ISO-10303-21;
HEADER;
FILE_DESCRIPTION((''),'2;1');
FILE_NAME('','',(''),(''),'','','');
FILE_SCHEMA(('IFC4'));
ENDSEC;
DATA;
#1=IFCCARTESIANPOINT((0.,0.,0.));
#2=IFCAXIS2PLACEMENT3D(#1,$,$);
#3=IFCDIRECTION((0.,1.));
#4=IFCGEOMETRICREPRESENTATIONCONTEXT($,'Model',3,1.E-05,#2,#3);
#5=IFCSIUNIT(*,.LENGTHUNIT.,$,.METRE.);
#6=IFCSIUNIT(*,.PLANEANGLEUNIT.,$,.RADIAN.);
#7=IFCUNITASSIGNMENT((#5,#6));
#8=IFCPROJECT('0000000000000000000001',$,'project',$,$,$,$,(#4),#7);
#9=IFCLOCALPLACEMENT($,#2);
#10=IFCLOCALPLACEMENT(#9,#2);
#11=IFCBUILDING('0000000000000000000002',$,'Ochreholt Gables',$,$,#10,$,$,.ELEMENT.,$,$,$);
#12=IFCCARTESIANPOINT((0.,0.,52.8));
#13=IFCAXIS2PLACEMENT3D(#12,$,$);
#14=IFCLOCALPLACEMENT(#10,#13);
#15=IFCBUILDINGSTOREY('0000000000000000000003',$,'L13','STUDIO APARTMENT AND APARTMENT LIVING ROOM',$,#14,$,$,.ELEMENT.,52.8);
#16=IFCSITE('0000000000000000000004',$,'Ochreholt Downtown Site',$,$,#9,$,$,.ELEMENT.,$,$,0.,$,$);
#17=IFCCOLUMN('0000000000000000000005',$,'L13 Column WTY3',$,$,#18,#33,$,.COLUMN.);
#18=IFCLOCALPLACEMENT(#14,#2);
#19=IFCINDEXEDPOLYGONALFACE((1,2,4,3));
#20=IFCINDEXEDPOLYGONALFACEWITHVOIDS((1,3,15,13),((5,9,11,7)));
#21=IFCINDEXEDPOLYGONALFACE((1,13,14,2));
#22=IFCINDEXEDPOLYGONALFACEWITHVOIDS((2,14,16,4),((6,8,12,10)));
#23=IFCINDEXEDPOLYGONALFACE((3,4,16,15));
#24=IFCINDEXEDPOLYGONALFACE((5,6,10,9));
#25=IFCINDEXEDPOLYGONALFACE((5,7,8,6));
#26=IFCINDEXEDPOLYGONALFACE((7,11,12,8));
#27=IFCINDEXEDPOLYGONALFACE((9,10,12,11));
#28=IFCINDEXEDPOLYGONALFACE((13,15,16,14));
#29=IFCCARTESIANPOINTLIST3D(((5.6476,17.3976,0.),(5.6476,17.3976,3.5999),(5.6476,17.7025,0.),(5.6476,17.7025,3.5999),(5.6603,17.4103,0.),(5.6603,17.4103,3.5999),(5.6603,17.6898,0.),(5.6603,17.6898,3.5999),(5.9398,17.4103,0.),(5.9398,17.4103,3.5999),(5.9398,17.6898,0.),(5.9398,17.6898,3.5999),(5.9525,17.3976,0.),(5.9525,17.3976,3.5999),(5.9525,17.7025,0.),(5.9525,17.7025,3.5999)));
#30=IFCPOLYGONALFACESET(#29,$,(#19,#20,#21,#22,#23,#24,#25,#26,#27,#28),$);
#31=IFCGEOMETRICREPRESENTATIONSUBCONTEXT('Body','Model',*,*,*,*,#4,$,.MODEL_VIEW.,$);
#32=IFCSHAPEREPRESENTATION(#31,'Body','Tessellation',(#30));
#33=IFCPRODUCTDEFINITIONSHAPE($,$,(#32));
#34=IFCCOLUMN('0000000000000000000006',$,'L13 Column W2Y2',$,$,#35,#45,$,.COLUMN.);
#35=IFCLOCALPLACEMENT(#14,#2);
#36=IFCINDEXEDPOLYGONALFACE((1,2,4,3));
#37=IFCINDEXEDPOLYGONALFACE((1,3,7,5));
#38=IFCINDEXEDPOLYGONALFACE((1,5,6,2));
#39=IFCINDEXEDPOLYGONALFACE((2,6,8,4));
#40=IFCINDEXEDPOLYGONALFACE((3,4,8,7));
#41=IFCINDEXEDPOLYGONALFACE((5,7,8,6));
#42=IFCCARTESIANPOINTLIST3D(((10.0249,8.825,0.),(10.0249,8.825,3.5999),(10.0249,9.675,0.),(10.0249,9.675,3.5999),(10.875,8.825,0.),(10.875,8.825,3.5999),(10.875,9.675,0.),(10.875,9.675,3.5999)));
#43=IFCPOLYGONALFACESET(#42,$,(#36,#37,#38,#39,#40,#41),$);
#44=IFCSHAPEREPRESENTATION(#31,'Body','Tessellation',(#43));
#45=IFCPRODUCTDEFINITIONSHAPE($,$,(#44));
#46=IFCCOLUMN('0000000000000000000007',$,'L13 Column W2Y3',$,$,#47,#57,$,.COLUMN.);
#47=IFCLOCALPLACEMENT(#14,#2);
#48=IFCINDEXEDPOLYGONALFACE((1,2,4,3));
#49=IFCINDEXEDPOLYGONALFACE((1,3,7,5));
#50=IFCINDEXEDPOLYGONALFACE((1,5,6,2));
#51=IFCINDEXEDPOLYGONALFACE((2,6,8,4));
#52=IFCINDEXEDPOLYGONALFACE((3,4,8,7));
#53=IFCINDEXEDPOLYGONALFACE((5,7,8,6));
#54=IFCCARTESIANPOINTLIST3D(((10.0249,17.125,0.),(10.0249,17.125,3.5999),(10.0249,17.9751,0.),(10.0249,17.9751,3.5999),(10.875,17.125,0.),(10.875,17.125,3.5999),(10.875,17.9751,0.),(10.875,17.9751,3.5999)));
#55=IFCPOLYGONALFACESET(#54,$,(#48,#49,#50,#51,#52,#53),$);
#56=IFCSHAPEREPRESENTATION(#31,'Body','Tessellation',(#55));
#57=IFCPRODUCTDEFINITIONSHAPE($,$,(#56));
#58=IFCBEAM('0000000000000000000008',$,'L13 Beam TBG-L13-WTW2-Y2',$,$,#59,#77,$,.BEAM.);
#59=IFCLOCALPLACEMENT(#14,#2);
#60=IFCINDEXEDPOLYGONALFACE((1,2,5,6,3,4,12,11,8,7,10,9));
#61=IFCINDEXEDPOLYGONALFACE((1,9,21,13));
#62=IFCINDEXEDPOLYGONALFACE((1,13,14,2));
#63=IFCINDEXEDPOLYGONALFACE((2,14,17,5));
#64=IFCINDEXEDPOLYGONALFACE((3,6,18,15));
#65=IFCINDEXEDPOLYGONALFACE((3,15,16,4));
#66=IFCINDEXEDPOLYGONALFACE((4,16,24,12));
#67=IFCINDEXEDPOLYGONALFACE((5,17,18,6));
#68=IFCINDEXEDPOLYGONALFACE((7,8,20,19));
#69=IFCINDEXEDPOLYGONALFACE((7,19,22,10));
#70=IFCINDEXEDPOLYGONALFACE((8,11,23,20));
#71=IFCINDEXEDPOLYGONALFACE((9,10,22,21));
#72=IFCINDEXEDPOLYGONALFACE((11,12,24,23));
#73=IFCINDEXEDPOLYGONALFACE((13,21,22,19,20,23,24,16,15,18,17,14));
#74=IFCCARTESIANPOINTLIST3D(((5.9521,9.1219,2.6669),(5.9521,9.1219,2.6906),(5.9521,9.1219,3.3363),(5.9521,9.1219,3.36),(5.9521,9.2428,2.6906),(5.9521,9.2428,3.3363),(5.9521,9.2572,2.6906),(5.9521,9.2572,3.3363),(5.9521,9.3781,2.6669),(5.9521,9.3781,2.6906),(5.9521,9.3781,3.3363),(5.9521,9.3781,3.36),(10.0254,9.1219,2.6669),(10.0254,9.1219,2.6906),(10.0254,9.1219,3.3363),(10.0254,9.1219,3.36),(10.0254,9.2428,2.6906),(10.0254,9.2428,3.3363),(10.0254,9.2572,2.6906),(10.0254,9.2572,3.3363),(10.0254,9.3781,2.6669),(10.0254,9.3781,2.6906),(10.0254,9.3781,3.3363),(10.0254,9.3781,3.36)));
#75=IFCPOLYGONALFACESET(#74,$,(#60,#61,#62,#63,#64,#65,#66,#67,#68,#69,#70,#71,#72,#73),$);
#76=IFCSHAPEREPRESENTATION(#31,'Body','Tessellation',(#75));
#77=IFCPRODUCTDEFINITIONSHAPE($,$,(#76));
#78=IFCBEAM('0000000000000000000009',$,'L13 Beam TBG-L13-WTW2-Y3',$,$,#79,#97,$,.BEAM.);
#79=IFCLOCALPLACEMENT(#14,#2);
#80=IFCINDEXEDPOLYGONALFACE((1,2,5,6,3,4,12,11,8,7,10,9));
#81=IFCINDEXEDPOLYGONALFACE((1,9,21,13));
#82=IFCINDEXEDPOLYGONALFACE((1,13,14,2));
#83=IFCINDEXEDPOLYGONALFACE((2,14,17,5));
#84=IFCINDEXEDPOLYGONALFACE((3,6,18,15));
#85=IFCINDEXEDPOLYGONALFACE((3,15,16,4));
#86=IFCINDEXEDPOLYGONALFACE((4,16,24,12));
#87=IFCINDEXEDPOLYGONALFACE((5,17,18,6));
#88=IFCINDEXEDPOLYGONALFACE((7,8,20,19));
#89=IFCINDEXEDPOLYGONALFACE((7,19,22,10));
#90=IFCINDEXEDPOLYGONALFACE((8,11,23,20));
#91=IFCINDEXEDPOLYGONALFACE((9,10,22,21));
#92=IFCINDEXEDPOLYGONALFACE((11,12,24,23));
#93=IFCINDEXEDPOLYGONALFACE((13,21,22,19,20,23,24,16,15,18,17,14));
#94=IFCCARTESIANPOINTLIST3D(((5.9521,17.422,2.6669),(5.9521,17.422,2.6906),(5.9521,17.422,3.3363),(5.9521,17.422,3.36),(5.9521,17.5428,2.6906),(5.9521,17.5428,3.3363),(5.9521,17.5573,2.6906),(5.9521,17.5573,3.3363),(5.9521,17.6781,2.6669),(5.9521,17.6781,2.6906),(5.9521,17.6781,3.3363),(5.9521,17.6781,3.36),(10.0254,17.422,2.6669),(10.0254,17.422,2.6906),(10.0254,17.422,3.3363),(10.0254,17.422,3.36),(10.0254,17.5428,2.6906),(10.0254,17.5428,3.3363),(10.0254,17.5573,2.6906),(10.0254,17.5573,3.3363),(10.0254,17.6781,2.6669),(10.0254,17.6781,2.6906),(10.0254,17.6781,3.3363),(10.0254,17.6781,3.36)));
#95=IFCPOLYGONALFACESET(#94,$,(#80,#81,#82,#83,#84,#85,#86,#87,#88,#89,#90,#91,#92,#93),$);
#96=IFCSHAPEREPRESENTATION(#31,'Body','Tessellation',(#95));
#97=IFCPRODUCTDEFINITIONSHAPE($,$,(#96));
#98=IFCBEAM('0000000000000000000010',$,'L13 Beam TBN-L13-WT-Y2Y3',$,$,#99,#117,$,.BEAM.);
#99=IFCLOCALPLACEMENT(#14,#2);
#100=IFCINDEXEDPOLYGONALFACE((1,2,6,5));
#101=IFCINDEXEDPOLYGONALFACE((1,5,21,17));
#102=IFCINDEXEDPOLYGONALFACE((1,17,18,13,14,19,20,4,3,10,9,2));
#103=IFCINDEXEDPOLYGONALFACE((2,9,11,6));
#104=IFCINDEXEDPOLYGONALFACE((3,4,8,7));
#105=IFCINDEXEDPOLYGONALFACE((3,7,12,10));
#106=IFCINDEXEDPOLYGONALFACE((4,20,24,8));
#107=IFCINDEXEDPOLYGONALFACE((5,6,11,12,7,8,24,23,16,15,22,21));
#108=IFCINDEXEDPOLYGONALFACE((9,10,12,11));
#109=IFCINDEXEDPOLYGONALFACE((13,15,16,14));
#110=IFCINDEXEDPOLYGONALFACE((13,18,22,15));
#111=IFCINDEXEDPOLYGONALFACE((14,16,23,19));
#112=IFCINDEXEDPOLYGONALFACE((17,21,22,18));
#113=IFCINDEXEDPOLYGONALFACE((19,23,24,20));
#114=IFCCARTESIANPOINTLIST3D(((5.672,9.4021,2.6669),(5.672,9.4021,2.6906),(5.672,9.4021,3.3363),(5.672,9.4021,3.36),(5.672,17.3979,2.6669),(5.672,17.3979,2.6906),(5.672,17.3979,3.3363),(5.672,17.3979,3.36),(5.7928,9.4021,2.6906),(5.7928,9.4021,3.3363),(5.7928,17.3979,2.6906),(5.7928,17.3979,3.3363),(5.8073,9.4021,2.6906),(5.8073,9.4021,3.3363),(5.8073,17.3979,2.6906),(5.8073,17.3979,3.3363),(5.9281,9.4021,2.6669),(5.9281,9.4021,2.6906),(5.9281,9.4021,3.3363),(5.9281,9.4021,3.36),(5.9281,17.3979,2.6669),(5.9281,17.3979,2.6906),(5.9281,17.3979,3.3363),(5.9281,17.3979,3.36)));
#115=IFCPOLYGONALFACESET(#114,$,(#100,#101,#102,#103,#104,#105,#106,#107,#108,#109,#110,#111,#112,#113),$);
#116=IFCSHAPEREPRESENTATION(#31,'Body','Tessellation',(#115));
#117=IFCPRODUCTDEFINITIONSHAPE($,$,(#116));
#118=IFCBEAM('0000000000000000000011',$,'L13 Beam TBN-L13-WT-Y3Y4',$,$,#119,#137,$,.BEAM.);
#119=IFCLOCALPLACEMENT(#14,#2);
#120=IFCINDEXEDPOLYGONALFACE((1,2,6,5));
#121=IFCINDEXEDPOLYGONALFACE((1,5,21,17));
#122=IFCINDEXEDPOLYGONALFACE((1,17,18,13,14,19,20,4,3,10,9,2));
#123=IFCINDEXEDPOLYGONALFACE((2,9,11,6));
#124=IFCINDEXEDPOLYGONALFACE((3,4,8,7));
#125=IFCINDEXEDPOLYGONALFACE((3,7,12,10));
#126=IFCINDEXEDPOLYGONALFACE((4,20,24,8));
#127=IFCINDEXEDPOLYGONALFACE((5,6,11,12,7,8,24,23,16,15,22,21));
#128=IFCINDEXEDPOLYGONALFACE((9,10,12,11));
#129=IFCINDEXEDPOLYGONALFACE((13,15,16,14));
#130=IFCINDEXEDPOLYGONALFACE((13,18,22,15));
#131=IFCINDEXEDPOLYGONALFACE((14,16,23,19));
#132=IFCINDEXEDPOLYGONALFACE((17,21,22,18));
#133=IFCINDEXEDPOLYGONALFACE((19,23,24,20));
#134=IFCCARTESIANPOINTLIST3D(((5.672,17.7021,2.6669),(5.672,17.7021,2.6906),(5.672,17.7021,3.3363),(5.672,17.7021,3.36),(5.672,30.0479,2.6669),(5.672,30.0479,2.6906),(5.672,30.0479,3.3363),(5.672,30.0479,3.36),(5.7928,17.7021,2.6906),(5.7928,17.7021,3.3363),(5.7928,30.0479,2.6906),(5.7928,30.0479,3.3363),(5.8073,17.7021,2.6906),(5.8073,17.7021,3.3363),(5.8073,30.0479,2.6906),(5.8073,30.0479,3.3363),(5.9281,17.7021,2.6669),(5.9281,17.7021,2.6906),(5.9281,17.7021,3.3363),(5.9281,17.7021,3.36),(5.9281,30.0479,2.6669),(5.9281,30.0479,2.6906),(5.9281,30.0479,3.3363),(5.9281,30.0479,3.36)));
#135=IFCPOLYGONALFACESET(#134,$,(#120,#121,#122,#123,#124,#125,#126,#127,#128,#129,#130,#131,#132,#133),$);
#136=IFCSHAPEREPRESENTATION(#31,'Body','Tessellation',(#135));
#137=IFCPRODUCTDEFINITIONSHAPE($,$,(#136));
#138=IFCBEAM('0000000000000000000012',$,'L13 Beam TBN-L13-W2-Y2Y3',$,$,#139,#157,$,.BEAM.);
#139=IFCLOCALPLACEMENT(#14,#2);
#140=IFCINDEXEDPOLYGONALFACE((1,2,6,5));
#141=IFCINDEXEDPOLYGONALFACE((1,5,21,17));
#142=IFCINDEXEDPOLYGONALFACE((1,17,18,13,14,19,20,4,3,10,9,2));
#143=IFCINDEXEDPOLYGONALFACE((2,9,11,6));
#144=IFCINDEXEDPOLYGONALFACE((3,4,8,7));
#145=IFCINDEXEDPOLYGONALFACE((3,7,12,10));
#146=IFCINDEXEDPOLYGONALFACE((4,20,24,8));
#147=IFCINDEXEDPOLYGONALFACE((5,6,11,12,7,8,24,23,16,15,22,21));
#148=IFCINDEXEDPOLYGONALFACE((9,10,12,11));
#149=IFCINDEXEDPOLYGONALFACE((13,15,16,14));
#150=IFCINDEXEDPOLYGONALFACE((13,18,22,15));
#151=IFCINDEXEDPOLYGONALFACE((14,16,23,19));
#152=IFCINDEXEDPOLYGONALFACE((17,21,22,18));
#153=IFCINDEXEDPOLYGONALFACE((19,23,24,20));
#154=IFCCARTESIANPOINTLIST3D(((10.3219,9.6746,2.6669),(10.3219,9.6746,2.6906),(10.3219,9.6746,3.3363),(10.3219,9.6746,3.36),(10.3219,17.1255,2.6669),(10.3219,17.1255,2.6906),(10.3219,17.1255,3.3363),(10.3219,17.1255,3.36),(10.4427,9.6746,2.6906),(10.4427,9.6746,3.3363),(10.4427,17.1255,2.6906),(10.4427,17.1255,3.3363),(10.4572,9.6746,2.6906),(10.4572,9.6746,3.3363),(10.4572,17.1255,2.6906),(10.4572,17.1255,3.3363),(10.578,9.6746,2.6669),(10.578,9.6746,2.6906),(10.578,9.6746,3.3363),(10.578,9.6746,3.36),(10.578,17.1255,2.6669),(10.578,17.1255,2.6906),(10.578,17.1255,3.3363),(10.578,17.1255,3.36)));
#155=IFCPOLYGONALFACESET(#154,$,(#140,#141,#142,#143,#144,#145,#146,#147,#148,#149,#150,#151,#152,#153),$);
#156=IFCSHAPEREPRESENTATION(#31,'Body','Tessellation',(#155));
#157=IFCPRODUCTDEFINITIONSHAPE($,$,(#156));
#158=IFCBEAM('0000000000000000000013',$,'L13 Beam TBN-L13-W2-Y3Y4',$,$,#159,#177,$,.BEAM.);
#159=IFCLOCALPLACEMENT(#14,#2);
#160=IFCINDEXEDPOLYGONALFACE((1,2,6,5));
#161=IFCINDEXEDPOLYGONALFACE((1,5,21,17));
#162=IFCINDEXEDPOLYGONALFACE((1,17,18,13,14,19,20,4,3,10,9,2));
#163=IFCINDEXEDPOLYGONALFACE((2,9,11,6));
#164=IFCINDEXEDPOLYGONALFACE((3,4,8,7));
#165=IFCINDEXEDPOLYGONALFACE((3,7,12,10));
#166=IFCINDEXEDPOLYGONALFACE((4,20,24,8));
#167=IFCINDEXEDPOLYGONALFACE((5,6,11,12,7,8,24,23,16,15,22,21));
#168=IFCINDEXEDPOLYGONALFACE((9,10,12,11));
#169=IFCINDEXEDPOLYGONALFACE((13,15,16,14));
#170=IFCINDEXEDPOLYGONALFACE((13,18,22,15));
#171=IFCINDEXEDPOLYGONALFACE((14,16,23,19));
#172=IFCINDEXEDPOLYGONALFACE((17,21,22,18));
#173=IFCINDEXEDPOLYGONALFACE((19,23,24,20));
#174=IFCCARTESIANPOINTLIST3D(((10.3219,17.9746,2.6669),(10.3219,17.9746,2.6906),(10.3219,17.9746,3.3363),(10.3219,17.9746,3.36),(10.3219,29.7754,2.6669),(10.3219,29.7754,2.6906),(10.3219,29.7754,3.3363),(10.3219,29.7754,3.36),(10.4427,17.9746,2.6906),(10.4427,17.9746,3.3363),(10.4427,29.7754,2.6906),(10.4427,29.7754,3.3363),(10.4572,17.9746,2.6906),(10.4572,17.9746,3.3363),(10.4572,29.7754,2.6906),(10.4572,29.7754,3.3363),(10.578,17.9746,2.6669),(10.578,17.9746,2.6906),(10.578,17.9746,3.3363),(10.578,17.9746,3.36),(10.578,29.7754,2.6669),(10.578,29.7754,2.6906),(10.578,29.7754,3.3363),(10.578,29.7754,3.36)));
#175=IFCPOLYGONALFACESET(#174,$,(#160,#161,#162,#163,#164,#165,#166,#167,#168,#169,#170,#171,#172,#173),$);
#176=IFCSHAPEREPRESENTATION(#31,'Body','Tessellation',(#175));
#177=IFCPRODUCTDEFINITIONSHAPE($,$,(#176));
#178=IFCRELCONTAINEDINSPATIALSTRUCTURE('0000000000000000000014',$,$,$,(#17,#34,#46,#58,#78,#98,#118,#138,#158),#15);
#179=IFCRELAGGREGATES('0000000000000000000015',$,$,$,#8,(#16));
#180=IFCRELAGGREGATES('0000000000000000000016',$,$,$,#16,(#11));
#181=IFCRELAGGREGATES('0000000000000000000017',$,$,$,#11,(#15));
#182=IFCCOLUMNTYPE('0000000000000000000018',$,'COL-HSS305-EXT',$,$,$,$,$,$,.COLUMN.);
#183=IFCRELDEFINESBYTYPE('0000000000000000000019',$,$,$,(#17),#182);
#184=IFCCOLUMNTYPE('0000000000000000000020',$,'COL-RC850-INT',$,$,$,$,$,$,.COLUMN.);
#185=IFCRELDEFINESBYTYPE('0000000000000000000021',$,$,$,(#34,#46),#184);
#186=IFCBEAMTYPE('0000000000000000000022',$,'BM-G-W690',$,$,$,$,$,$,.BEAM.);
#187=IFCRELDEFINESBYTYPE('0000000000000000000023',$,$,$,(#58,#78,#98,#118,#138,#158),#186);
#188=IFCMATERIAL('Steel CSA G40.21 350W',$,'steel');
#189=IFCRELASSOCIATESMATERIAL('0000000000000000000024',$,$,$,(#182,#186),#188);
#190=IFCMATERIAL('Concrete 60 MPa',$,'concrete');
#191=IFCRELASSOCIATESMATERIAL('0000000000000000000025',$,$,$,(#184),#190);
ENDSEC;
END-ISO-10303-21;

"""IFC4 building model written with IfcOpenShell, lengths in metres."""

from ifc_helpers import new_model, si_unit, direction, frame, origin, origin_2d, place, context, subcontext, project, spatial, rectangle, hollow_rectangle, i_section, extrude, material, material_profile, profile_set, type_object, element, save


model = new_model("IFC4")

# Units and contexts
model_context = context("Model", 3, precision=1e-05, world=origin(), true_north=direction((0.0, 1.0)))
body_context = subcontext(model_context, "Body", "Model", "MODEL_VIEW")
ifc_project = project(units=[si_unit("LENGTHUNIT", "METRE"), si_unit("PLANEANGLEUNIT", "RADIAN")], contexts=[model_context])

# Site, building, storey
site_placement = place(None, origin())
site = spatial("IfcSite", under=ifc_project, at=site_placement, Name="Ochreholt Downtown Site", CompositionType="ELEMENT", RefElevation=0.0)
building_placement = place(site_placement, origin())
building = spatial("IfcBuilding", under=site, at=building_placement, Name="Ochreholt Gables", CompositionType="ELEMENT")
storey_placement = place(building_placement, frame((0.0, 0.0, 52.8)))
storey = spatial("IfcBuildingStorey", under=building, at=storey_placement, Name="L13", Description="STUDIO APARTMENT AND APARTMENT LIVING ROOM", CompositionType="ELEMENT", Elevation=52.8)

# Columns
ifc_material_1 = material(Name="Steel CSA G40.21 350W", Category="steel")
ifc_material_profile_1 = material_profile(ifc_material_1, hollow_rectangle(XDim=0.3049, YDim=0.3049, WallThickness=0.0127, at=origin_2d()), Name="HSS305X305X13")
ifc_profile_set_1 = profile_set([ifc_material_profile_1], Name="Steel CSA G40.21 350W")
column_type_1 = type_object("IfcColumnType", Name="COL-HSS305-EXT", PredefinedType="COLUMN", material=ifc_profile_set_1)
column_placement = place(storey_placement, frame((5.8, 17.55, 0.0), z_axis=(0.0, 0.0, 1.0), x_axis=(1.0, 0.0, 0.0)))
element("IfcColumn", 1, at=column_placement, inside=storey, type_object=column_type_1, Name="L13 Column WTY3", PredefinedType="COLUMN", context=body_context, shape_type="SweptSolid", body=[
    extrude(hollow_rectangle(XDim=0.3049, YDim=0.3049, WallThickness=0.0127, at=origin_2d()), origin(), (0.0, 0.0, 1.0), 3.5999),
])
ifc_material_2 = material(Name="Concrete 60 MPa", Category="concrete")
ifc_material_profile_2 = material_profile(ifc_material_2, rectangle(XDim=0.8501, YDim=0.8501, at=origin_2d()), Name="RC850X850")
ifc_profile_set_2 = profile_set([ifc_material_profile_2], Name="Concrete 60 MPa")
column_type_2 = type_object("IfcColumnType", Name="COL-RC850-INT", PredefinedType="COLUMN", material=ifc_profile_set_2)
for number, where, z_axis, x_axis, name in (
    (2, (10.45, 9.25, 0.0), (0.0, 0.0, 1.0), (1.0, 0.0, 0.0), "L13 Column W2Y2"),
    (3, (10.45, 17.55, 0.0), (0.0, 0.0, 1.0), (1.0, 0.0, 0.0), "L13 Column W2Y3"),
):
    element("IfcColumn", number, at=place(storey_placement, frame(where, z_axis=z_axis, x_axis=x_axis)), inside=storey, type_object=column_type_2, Name=name, PredefinedType="COLUMN", context=body_context, shape_type="SweptSolid", body=[
        extrude(rectangle(XDim=0.8501, YDim=0.8501, at=origin_2d()), origin(), (0.0, 0.0, 1.0), 3.5999),
    ])

# Beams
ifc_material_profile_3 = material_profile(ifc_material_1, i_section(OverallWidth=0.2561, OverallDepth=0.6931, WebThickness=0.0144, FlangeThickness=0.0237, at=origin_2d()), Name="W690X170")
ifc_profile_set_3 = profile_set([ifc_material_profile_3], Name="Steel CSA G40.21 350W")
beam_type_1 = type_object("IfcBeamType", Name="BM-G-W690", PredefinedType="BEAM", material=ifc_profile_set_3)
for number, where, z_axis, x_axis, name in (
    (4, (5.9521, 9.25, 3.0134), (1.0, 0.0, 0.0), (0.0, 1.0, 0.0), "L13 Beam TBG-L13-WTW2-Y2"),
    (5, (5.9521, 17.55, 3.0134), (1.0, 0.0, 0.0), (0.0, 1.0, 0.0), "L13 Beam TBG-L13-WTW2-Y3"),
):
    element("IfcBeam", number, at=place(storey_placement, frame(where, z_axis=z_axis, x_axis=x_axis)), inside=storey, type_object=beam_type_1, Name=name, PredefinedType="BEAM", context=body_context, shape_type="SweptSolid", body=[
        extrude(i_section(OverallWidth=0.2561, OverallDepth=0.6931, WebThickness=0.0144, FlangeThickness=0.0237, at=origin_2d()), origin(), (0.0, 0.0, 1.0), 4.0732),
    ])
beam_1_placement = place(storey_placement, frame((5.8, 9.4021, 3.0134), z_axis=(0.0, 1.0, 0.0), x_axis=(-1.0, 0.0, 0.0)))
element("IfcBeam", 6, at=beam_1_placement, inside=storey, type_object=beam_type_1, Name="L13 Beam TBN-L13-WT-Y2Y3", PredefinedType="BEAM", context=body_context, shape_type="SweptSolid", body=[
    extrude(i_section(OverallWidth=0.2561, OverallDepth=0.6931, WebThickness=0.0144, FlangeThickness=0.0237, at=origin_2d()), origin(), (0.0, 0.0, 1.0), 7.9958),
])
beam_2_placement = place(storey_placement, frame((5.8, 17.7021, 3.0134), z_axis=(0.0, 1.0, 0.0), x_axis=(-1.0, 0.0, 0.0)))
element("IfcBeam", 7, at=beam_2_placement, inside=storey, type_object=beam_type_1, Name="L13 Beam TBN-L13-WT-Y3Y4", PredefinedType="BEAM", context=body_context, shape_type="SweptSolid", body=[
    extrude(i_section(OverallWidth=0.2561, OverallDepth=0.6931, WebThickness=0.0144, FlangeThickness=0.0237, at=origin_2d()), origin(), (0.0, 0.0, 1.0), 12.3457),
])
beam_3_placement = place(storey_placement, frame((10.45, 9.6746, 3.0134), z_axis=(0.0, 1.0, 0.0), x_axis=(-1.0, 0.0, 0.0)))
element("IfcBeam", 8, at=beam_3_placement, inside=storey, type_object=beam_type_1, Name="L13 Beam TBN-L13-W2-Y2Y3", PredefinedType="BEAM", context=body_context, shape_type="SweptSolid", body=[
    extrude(i_section(OverallWidth=0.2561, OverallDepth=0.6931, WebThickness=0.0144, FlangeThickness=0.0237, at=origin_2d()), origin(), (0.0, 0.0, 1.0), 7.4509),
])
beam_4_placement = place(storey_placement, frame((10.45, 17.9746, 3.0134), z_axis=(0.0, 1.0, 0.0), x_axis=(-1.0, 0.0, 0.0)))
element("IfcBeam", 9, at=beam_4_placement, inside=storey, type_object=beam_type_1, Name="L13 Beam TBN-L13-W2-Y3Y4", PredefinedType="BEAM", context=body_context, shape_type="SweptSolid", body=[
    extrude(i_section(OverallWidth=0.2561, OverallDepth=0.6931, WebThickness=0.0144, FlangeThickness=0.0237, at=origin_2d()), origin(), (0.0, 0.0, 1.0), 11.8008),
])

save(model, "model.ifc")
